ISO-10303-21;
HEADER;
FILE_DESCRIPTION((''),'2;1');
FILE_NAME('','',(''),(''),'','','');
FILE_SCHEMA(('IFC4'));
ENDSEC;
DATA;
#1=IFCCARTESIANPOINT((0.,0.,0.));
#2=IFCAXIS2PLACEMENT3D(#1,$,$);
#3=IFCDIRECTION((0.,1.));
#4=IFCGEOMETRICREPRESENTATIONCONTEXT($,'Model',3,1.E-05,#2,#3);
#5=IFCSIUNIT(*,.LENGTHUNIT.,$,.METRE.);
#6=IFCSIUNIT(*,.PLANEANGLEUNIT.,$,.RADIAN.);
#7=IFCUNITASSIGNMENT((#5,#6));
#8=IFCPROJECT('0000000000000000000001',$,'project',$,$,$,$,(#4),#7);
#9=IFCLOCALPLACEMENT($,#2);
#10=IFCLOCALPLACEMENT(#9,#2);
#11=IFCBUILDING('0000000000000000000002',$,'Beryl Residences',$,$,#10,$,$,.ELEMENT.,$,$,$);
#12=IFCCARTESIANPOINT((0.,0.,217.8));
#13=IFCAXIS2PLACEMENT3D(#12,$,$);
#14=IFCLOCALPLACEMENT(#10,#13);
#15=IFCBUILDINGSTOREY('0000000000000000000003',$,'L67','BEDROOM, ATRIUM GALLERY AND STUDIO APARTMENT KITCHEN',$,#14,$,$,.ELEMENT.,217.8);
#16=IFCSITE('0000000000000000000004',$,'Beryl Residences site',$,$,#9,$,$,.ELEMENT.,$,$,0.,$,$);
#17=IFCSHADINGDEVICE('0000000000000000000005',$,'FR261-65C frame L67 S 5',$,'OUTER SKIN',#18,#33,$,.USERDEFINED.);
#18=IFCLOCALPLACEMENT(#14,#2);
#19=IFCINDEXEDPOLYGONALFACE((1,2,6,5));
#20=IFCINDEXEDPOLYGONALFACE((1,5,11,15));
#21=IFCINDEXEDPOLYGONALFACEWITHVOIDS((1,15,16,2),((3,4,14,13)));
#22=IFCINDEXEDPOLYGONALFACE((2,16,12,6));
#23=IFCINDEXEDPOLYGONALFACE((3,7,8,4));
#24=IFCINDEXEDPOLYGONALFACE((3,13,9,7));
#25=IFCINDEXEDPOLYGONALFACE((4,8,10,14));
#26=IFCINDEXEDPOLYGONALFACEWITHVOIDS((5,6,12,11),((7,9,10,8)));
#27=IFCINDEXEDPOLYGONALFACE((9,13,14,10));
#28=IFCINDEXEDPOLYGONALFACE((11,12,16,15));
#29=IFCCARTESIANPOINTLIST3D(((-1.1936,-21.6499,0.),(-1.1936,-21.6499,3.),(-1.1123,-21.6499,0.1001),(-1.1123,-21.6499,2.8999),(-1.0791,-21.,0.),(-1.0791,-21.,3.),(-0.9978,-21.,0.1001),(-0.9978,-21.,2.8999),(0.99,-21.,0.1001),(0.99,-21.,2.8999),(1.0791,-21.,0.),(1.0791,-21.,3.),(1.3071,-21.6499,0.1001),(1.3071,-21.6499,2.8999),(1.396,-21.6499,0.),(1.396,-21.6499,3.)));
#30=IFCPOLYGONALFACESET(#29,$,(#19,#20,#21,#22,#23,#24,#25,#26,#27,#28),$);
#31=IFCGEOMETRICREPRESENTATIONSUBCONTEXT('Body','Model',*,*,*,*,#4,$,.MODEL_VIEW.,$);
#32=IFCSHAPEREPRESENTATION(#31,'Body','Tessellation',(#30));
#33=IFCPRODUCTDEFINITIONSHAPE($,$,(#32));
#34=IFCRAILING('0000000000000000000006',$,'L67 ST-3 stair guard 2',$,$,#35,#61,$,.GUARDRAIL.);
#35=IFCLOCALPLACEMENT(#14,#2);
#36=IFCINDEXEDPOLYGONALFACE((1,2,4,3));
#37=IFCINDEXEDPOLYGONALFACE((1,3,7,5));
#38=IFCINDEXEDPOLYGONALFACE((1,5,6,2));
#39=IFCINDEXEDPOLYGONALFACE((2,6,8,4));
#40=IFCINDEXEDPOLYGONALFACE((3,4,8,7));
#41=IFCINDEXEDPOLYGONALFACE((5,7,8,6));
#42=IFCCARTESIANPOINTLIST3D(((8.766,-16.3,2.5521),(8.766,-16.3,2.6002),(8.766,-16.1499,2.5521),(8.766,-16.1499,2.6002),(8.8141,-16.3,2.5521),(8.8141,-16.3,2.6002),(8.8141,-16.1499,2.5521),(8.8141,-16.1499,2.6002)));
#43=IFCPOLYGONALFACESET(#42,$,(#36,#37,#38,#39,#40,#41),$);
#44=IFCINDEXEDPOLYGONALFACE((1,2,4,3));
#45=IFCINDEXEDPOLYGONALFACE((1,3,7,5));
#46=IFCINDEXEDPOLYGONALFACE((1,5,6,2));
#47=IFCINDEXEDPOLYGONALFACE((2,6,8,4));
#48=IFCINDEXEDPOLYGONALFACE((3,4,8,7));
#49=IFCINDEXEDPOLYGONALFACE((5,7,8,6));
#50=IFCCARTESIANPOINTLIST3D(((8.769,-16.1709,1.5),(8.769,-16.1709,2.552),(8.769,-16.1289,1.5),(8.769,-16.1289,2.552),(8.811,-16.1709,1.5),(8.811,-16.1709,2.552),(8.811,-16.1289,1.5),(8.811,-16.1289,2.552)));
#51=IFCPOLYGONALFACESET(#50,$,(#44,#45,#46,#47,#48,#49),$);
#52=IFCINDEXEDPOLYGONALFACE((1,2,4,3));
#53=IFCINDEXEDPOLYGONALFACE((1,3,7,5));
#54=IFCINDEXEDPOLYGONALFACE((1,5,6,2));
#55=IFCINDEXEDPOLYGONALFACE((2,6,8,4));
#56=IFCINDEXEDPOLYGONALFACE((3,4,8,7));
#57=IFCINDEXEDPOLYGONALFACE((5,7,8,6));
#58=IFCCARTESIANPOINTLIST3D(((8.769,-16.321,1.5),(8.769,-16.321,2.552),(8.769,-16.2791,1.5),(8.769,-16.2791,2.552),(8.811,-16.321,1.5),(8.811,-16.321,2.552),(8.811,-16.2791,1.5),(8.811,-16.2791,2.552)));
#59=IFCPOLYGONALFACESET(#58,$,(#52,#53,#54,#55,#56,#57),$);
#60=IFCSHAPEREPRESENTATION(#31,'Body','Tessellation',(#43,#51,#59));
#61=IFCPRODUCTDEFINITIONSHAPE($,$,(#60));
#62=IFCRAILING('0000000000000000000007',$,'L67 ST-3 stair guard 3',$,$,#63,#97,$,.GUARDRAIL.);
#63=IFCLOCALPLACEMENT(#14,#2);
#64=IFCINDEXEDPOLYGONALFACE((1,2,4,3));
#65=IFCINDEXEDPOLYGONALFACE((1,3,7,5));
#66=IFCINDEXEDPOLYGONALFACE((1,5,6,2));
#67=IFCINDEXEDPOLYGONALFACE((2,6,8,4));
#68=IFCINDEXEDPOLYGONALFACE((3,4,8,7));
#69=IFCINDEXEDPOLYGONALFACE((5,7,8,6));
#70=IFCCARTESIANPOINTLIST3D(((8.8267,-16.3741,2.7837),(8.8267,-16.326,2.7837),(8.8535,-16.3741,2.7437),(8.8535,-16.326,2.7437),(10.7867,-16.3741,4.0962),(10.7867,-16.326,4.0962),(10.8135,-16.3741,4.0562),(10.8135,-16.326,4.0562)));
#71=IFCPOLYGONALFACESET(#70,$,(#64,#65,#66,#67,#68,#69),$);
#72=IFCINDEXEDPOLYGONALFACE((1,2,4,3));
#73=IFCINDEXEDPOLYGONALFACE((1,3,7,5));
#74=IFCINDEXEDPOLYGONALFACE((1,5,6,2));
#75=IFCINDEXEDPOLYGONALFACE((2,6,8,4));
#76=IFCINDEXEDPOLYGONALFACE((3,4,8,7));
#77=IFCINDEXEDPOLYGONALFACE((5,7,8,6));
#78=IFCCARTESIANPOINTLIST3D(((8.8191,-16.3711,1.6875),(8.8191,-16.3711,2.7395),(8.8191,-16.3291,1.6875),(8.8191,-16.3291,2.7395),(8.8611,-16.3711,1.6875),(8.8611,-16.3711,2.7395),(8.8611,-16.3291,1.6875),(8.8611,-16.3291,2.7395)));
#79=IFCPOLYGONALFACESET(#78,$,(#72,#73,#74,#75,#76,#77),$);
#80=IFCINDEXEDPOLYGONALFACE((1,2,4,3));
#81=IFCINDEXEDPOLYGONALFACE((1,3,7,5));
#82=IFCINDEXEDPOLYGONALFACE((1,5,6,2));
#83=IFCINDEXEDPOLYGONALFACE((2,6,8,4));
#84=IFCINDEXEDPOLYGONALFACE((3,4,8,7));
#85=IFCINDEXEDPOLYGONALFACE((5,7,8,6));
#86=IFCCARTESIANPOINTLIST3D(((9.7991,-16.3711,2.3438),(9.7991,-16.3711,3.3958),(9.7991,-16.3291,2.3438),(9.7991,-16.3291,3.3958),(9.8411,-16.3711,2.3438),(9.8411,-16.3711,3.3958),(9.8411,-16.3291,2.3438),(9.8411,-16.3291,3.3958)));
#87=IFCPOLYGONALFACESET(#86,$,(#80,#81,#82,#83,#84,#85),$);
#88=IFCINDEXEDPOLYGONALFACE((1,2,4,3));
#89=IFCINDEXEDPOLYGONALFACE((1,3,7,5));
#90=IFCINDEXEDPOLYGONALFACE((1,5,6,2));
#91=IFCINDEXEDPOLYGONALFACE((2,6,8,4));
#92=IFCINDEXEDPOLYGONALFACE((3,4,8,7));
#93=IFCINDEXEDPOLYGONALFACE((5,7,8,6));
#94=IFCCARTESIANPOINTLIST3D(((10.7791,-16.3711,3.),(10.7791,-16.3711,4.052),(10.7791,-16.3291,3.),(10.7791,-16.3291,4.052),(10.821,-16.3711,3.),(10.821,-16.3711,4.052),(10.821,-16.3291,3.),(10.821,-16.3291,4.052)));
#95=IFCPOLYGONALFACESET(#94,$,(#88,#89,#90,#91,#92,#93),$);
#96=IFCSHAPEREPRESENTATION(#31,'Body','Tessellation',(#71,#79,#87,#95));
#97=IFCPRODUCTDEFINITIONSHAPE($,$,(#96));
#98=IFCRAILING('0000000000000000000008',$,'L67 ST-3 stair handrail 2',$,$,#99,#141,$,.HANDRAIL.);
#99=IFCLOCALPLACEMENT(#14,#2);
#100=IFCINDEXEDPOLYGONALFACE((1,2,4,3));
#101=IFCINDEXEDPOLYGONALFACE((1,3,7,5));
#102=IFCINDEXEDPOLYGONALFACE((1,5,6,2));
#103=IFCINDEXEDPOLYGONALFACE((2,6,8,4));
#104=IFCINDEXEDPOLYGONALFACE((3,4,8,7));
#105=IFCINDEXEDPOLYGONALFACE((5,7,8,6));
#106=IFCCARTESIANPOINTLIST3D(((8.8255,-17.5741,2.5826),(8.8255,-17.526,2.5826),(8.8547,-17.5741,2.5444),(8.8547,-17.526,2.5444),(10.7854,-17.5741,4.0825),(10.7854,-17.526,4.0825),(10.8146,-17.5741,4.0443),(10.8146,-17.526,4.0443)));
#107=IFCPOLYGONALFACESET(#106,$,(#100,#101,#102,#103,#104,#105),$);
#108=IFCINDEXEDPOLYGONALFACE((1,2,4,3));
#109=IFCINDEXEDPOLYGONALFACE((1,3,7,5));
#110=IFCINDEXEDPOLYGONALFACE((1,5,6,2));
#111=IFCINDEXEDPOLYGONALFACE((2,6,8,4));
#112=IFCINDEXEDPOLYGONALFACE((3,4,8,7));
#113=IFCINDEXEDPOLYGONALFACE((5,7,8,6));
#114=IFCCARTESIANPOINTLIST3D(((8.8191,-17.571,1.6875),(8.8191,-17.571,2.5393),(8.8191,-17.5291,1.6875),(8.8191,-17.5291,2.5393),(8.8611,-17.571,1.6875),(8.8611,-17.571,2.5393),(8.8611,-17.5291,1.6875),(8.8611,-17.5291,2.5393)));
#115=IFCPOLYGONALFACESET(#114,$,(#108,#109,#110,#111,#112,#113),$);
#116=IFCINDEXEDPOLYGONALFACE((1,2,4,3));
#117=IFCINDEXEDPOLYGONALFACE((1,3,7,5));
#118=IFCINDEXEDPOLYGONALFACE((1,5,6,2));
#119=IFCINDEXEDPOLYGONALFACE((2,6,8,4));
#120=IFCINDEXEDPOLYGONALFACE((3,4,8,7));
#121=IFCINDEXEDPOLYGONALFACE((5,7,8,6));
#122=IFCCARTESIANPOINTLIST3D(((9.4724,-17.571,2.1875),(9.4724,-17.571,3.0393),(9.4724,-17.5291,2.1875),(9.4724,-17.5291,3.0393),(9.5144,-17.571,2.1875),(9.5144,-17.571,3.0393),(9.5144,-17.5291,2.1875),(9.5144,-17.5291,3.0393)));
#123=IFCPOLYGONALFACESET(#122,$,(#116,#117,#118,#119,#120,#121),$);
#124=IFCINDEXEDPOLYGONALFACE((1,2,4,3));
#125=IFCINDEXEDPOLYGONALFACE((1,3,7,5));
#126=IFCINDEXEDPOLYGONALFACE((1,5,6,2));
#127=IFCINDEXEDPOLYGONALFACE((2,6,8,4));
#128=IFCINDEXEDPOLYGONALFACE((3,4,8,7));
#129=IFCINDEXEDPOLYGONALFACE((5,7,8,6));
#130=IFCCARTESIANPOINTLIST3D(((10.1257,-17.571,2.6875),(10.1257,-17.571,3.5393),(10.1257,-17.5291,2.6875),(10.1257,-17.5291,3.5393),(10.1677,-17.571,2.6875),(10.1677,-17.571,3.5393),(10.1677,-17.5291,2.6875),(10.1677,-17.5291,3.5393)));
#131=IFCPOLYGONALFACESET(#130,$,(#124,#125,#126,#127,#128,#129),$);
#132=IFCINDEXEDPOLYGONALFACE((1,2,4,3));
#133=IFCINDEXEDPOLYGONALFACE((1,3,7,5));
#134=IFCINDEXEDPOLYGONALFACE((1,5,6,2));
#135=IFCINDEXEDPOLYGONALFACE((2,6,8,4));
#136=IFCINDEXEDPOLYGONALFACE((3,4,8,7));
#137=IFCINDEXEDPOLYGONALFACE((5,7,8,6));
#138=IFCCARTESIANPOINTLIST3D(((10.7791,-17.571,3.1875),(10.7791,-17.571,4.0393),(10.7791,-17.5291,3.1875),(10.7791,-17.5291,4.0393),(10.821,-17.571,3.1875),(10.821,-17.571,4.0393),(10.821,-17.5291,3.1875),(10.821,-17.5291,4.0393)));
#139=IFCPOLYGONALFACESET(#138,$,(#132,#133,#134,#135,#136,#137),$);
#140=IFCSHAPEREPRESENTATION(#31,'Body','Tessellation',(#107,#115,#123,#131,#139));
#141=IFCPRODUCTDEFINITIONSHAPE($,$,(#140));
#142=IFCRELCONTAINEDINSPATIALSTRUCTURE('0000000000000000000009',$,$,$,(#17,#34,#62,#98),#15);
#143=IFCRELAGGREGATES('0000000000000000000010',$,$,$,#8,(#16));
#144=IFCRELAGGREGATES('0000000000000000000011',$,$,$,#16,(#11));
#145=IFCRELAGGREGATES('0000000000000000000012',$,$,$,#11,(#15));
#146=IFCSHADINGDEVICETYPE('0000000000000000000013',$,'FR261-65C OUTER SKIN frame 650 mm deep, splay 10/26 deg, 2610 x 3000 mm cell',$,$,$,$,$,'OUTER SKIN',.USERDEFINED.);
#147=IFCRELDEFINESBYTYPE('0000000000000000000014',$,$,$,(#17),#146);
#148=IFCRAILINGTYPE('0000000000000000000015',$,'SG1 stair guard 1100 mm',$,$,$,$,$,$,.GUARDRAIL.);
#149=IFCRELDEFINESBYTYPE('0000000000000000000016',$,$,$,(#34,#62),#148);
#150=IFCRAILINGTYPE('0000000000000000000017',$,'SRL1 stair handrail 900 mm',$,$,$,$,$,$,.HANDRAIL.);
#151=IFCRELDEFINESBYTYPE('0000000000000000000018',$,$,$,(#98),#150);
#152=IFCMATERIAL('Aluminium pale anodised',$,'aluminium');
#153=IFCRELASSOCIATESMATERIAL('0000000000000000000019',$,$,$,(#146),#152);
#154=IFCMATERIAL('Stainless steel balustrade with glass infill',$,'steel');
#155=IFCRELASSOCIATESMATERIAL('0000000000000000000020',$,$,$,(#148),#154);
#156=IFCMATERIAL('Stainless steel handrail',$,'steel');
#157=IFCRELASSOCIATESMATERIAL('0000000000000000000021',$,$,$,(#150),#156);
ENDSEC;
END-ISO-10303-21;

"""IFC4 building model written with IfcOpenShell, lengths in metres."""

from ifc_helpers import new_model, entity, si_unit, direction, frame, origin, origin_2d, place, context, subcontext, project, spatial, rectangle, extrude, source, transform, mapped, material, type_object, type_shapes, element, save


model = new_model("IFC4")

# Units and contexts
model_context = context("Model", 3, precision=1e-05, world=origin(), true_north=direction((0.0, 1.0)))
body_context = subcontext(model_context, "Body", "Model", "MODEL_VIEW")
ifc_project = project(units=[si_unit("LENGTHUNIT", "METRE"), si_unit("PLANEANGLEUNIT", "RADIAN")], contexts=[model_context])

# Site, building, storey
site_placement = place(None, origin())
site = spatial("IfcSite", under=ifc_project, at=site_placement, Name="Beryl Residences site", CompositionType="ELEMENT", RefElevation=0.0)
building_placement = place(site_placement, origin())
building = spatial("IfcBuilding", under=site, at=building_placement, Name="Beryl Residences", CompositionType="ELEMENT")
storey_placement = place(building_placement, frame((0.0, 0.0, 217.8)))
storey = spatial("IfcBuildingStorey", under=building, at=storey_placement, Name="L67", Description="BEDROOM, ATRIUM GALLERY AND STUDIO APARTMENT KITCHEN", CompositionType="ELEMENT", Elevation=217.8)

# Shading device
ifc_material_1 = material(Name="Aluminium pale anodised", Category="aluminium")
shading_device_type_1 = type_object("IfcShadingDeviceType", Name="FR261-65C OUTER SKIN frame 650 mm deep, splay 10/26 deg, 2610 x 3000 mm cell", ElementType="OUTER SKIN", PredefinedType="USERDEFINED", material=ifc_material_1)
cartesian_point_1 = entity("IfcCartesianPoint", [-1.0791, 0.0])
cartesian_point_2 = entity("IfcCartesianPoint", [-0.9978, 0.1001])
cartesian_point_3 = entity("IfcCartesianPoint", [-1.1936, 0.0])
cartesian_point_4 = entity("IfcCartesianPoint", [-1.1123, 0.1001])
shared_shape_1 = source(origin(), body_context, "Body", "SweptSolid", [
    entity("IfcExtrudedAreaSolidTapered", entity("IfcArbitraryProfileDefWithVoids", "AREA", None, entity("IfcPolyline", [cartesian_point_1, entity("IfcCartesianPoint", [1.0791, 0.0]), entity("IfcCartesianPoint", [1.0791, 3.0]), entity("IfcCartesianPoint", [-1.0791, 3.0]), cartesian_point_1]), [entity("IfcPolyline", [cartesian_point_2, entity("IfcCartesianPoint", [0.99, 0.1001]), entity("IfcCartesianPoint", [0.99, 2.8999]), entity("IfcCartesianPoint", [-0.9978, 2.8999]), cartesian_point_2])]), entity("IfcAxis2Placement3D", entity("IfcCartesianPoint", [0.0, 0.0, 0.0]), entity("IfcDirection", [0.0, 1.0, 0.0]), entity("IfcDirection", [-1.0, 0.0, 0.0])), entity("IfcDirection", [0.0, 0.0, 1.0]), 0.6499, entity("IfcArbitraryProfileDefWithVoids", "AREA", None, entity("IfcPolyline", [cartesian_point_3, entity("IfcCartesianPoint", [1.396, 0.0]), entity("IfcCartesianPoint", [1.396, 3.0]), entity("IfcCartesianPoint", [-1.1936, 3.0]), cartesian_point_3]), [entity("IfcPolyline", [cartesian_point_4, entity("IfcCartesianPoint", [1.3071, 0.1001]), entity("IfcCartesianPoint", [1.3071, 2.8999]), entity("IfcCartesianPoint", [-1.1123, 2.8999]), cartesian_point_4])])),
])
type_shapes(shading_device_type_1, [shared_shape_1])
for number, where, z_axis, x_axis, name in (
    (1, (0.0, -21.0, 0.0), (0.0, 0.0, 1.0), (-1.0, 0.0, 0.0), "FR261-65C frame L67 S 5"),
):
    element("IfcShadingDevice", number, at=place(storey_placement, frame(where, z_axis=z_axis, x_axis=x_axis)), inside=storey, type_object=shading_device_type_1, Name=name, ObjectType="OUTER SKIN", PredefinedType="USERDEFINED", context=body_context, shape_type="MappedRepresentation", body=[
        mapped(shared_shape_1, transform((0.0, 0.0, 0.0))),
    ])

# Railings
ifc_material_2 = material(Name="Stainless steel balustrade with glass infill", Category="steel")
railing_type_1 = type_object("IfcRailingType", Name="SG1 stair guard 1100 mm", PredefinedType="GUARDRAIL", material=ifc_material_2)
railing_1_placement = place(storey_placement, frame((8.79, -16.1499, 1.5)))
element("IfcRailing", 2, at=railing_1_placement, inside=storey, type_object=railing_type_1, Name="L67 ST-3 stair guard 2", PredefinedType="GUARDRAIL", context=body_context, shape_type="SweptSolid", body=[
    extrude(rectangle(XDim=0.0481, YDim=0.0481, at=origin_2d()), frame((0.0, 0.0, 1.0762), z_axis=(0.0, -1.0, 0.0), x_axis=(1.0, 0.0, 0.0)), (0.0, 0.0, 1.0), 0.1501),
    extrude(rectangle(XDim=0.042, YDim=0.042, at=origin_2d()), origin(), (0.0, 0.0, 1.0), 1.052),
    extrude(rectangle(XDim=0.042, YDim=0.042, at=origin_2d()), frame((0.0, -0.1501, 0.0)), (0.0, 0.0, 1.0), 1.052),
])
railing_2_placement = place(storey_placement, frame((8.8401, -16.3501, 1.6875)))
element("IfcRailing", 3, at=railing_2_placement, inside=storey, type_object=railing_type_1, Name="L67 ST-3 stair guard 3", PredefinedType="GUARDRAIL", context=body_context, shape_type="SweptSolid", body=[
    extrude(rectangle(XDim=0.0481, YDim=0.0481, at=origin_2d()), frame((0.0, 0.0, 1.0762), z_axis=(0.830902, 0.0, 0.556419), x_axis=(0.0, 1.0, 0.0)), (0.0, 0.0, 1.0), 2.3589),
    extrude(rectangle(XDim=0.042, YDim=0.042, at=origin_2d()), origin(), (0.0, 0.0, 1.0), 1.052),
    extrude(rectangle(XDim=0.042, YDim=0.042, at=origin_2d()), frame((0.98, 0.0, 0.6562)), (0.0, 0.0, 1.0), 1.052),
    extrude(rectangle(XDim=0.042, YDim=0.042, at=origin_2d()), frame((1.96, 0.0, 1.3125)), (0.0, 0.0, 1.0), 1.052),
])
ifc_material_3 = material(Name="Stainless steel handrail", Category="steel")
railing_type_2 = type_object("IfcRailingType", Name="SRL1 stair handrail 900 mm", PredefinedType="HANDRAIL", material=ifc_material_3)
railing_3_placement = place(storey_placement, frame((8.8401, -17.55, 1.6875)))
element("IfcRailing", 4, at=railing_3_placement, inside=storey, type_object=railing_type_2, Name="L67 ST-3 stair handrail 2", PredefinedType="HANDRAIL", context=body_context, shape_type="SweptSolid", body=[
    extrude(rectangle(XDim=0.0481, YDim=0.0481, at=origin_2d()), frame((0.0, 0.0, 0.876), z_axis=(0.794122, 0.0, 0.607758), x_axis=(0.0, 1.0, 0.0)), (0.0, 0.0, 1.0), 2.468),
    extrude(rectangle(XDim=0.042, YDim=0.042, at=origin_2d()), origin(), (0.0, 0.0, 1.0), 0.8518),
    extrude(rectangle(XDim=0.042, YDim=0.042, at=origin_2d()), frame((0.6533, 0.0, 0.5)), (0.0, 0.0, 1.0), 0.8518),
    extrude(rectangle(XDim=0.042, YDim=0.042, at=origin_2d()), frame((1.3066, 0.0, 1.0)), (0.0, 0.0, 1.0), 0.8518),
    extrude(rectangle(XDim=0.042, YDim=0.042, at=origin_2d()), frame((1.96, 0.0, 1.5)), (0.0, 0.0, 1.0), 0.8518),
])

save(model, "model.ifc")
